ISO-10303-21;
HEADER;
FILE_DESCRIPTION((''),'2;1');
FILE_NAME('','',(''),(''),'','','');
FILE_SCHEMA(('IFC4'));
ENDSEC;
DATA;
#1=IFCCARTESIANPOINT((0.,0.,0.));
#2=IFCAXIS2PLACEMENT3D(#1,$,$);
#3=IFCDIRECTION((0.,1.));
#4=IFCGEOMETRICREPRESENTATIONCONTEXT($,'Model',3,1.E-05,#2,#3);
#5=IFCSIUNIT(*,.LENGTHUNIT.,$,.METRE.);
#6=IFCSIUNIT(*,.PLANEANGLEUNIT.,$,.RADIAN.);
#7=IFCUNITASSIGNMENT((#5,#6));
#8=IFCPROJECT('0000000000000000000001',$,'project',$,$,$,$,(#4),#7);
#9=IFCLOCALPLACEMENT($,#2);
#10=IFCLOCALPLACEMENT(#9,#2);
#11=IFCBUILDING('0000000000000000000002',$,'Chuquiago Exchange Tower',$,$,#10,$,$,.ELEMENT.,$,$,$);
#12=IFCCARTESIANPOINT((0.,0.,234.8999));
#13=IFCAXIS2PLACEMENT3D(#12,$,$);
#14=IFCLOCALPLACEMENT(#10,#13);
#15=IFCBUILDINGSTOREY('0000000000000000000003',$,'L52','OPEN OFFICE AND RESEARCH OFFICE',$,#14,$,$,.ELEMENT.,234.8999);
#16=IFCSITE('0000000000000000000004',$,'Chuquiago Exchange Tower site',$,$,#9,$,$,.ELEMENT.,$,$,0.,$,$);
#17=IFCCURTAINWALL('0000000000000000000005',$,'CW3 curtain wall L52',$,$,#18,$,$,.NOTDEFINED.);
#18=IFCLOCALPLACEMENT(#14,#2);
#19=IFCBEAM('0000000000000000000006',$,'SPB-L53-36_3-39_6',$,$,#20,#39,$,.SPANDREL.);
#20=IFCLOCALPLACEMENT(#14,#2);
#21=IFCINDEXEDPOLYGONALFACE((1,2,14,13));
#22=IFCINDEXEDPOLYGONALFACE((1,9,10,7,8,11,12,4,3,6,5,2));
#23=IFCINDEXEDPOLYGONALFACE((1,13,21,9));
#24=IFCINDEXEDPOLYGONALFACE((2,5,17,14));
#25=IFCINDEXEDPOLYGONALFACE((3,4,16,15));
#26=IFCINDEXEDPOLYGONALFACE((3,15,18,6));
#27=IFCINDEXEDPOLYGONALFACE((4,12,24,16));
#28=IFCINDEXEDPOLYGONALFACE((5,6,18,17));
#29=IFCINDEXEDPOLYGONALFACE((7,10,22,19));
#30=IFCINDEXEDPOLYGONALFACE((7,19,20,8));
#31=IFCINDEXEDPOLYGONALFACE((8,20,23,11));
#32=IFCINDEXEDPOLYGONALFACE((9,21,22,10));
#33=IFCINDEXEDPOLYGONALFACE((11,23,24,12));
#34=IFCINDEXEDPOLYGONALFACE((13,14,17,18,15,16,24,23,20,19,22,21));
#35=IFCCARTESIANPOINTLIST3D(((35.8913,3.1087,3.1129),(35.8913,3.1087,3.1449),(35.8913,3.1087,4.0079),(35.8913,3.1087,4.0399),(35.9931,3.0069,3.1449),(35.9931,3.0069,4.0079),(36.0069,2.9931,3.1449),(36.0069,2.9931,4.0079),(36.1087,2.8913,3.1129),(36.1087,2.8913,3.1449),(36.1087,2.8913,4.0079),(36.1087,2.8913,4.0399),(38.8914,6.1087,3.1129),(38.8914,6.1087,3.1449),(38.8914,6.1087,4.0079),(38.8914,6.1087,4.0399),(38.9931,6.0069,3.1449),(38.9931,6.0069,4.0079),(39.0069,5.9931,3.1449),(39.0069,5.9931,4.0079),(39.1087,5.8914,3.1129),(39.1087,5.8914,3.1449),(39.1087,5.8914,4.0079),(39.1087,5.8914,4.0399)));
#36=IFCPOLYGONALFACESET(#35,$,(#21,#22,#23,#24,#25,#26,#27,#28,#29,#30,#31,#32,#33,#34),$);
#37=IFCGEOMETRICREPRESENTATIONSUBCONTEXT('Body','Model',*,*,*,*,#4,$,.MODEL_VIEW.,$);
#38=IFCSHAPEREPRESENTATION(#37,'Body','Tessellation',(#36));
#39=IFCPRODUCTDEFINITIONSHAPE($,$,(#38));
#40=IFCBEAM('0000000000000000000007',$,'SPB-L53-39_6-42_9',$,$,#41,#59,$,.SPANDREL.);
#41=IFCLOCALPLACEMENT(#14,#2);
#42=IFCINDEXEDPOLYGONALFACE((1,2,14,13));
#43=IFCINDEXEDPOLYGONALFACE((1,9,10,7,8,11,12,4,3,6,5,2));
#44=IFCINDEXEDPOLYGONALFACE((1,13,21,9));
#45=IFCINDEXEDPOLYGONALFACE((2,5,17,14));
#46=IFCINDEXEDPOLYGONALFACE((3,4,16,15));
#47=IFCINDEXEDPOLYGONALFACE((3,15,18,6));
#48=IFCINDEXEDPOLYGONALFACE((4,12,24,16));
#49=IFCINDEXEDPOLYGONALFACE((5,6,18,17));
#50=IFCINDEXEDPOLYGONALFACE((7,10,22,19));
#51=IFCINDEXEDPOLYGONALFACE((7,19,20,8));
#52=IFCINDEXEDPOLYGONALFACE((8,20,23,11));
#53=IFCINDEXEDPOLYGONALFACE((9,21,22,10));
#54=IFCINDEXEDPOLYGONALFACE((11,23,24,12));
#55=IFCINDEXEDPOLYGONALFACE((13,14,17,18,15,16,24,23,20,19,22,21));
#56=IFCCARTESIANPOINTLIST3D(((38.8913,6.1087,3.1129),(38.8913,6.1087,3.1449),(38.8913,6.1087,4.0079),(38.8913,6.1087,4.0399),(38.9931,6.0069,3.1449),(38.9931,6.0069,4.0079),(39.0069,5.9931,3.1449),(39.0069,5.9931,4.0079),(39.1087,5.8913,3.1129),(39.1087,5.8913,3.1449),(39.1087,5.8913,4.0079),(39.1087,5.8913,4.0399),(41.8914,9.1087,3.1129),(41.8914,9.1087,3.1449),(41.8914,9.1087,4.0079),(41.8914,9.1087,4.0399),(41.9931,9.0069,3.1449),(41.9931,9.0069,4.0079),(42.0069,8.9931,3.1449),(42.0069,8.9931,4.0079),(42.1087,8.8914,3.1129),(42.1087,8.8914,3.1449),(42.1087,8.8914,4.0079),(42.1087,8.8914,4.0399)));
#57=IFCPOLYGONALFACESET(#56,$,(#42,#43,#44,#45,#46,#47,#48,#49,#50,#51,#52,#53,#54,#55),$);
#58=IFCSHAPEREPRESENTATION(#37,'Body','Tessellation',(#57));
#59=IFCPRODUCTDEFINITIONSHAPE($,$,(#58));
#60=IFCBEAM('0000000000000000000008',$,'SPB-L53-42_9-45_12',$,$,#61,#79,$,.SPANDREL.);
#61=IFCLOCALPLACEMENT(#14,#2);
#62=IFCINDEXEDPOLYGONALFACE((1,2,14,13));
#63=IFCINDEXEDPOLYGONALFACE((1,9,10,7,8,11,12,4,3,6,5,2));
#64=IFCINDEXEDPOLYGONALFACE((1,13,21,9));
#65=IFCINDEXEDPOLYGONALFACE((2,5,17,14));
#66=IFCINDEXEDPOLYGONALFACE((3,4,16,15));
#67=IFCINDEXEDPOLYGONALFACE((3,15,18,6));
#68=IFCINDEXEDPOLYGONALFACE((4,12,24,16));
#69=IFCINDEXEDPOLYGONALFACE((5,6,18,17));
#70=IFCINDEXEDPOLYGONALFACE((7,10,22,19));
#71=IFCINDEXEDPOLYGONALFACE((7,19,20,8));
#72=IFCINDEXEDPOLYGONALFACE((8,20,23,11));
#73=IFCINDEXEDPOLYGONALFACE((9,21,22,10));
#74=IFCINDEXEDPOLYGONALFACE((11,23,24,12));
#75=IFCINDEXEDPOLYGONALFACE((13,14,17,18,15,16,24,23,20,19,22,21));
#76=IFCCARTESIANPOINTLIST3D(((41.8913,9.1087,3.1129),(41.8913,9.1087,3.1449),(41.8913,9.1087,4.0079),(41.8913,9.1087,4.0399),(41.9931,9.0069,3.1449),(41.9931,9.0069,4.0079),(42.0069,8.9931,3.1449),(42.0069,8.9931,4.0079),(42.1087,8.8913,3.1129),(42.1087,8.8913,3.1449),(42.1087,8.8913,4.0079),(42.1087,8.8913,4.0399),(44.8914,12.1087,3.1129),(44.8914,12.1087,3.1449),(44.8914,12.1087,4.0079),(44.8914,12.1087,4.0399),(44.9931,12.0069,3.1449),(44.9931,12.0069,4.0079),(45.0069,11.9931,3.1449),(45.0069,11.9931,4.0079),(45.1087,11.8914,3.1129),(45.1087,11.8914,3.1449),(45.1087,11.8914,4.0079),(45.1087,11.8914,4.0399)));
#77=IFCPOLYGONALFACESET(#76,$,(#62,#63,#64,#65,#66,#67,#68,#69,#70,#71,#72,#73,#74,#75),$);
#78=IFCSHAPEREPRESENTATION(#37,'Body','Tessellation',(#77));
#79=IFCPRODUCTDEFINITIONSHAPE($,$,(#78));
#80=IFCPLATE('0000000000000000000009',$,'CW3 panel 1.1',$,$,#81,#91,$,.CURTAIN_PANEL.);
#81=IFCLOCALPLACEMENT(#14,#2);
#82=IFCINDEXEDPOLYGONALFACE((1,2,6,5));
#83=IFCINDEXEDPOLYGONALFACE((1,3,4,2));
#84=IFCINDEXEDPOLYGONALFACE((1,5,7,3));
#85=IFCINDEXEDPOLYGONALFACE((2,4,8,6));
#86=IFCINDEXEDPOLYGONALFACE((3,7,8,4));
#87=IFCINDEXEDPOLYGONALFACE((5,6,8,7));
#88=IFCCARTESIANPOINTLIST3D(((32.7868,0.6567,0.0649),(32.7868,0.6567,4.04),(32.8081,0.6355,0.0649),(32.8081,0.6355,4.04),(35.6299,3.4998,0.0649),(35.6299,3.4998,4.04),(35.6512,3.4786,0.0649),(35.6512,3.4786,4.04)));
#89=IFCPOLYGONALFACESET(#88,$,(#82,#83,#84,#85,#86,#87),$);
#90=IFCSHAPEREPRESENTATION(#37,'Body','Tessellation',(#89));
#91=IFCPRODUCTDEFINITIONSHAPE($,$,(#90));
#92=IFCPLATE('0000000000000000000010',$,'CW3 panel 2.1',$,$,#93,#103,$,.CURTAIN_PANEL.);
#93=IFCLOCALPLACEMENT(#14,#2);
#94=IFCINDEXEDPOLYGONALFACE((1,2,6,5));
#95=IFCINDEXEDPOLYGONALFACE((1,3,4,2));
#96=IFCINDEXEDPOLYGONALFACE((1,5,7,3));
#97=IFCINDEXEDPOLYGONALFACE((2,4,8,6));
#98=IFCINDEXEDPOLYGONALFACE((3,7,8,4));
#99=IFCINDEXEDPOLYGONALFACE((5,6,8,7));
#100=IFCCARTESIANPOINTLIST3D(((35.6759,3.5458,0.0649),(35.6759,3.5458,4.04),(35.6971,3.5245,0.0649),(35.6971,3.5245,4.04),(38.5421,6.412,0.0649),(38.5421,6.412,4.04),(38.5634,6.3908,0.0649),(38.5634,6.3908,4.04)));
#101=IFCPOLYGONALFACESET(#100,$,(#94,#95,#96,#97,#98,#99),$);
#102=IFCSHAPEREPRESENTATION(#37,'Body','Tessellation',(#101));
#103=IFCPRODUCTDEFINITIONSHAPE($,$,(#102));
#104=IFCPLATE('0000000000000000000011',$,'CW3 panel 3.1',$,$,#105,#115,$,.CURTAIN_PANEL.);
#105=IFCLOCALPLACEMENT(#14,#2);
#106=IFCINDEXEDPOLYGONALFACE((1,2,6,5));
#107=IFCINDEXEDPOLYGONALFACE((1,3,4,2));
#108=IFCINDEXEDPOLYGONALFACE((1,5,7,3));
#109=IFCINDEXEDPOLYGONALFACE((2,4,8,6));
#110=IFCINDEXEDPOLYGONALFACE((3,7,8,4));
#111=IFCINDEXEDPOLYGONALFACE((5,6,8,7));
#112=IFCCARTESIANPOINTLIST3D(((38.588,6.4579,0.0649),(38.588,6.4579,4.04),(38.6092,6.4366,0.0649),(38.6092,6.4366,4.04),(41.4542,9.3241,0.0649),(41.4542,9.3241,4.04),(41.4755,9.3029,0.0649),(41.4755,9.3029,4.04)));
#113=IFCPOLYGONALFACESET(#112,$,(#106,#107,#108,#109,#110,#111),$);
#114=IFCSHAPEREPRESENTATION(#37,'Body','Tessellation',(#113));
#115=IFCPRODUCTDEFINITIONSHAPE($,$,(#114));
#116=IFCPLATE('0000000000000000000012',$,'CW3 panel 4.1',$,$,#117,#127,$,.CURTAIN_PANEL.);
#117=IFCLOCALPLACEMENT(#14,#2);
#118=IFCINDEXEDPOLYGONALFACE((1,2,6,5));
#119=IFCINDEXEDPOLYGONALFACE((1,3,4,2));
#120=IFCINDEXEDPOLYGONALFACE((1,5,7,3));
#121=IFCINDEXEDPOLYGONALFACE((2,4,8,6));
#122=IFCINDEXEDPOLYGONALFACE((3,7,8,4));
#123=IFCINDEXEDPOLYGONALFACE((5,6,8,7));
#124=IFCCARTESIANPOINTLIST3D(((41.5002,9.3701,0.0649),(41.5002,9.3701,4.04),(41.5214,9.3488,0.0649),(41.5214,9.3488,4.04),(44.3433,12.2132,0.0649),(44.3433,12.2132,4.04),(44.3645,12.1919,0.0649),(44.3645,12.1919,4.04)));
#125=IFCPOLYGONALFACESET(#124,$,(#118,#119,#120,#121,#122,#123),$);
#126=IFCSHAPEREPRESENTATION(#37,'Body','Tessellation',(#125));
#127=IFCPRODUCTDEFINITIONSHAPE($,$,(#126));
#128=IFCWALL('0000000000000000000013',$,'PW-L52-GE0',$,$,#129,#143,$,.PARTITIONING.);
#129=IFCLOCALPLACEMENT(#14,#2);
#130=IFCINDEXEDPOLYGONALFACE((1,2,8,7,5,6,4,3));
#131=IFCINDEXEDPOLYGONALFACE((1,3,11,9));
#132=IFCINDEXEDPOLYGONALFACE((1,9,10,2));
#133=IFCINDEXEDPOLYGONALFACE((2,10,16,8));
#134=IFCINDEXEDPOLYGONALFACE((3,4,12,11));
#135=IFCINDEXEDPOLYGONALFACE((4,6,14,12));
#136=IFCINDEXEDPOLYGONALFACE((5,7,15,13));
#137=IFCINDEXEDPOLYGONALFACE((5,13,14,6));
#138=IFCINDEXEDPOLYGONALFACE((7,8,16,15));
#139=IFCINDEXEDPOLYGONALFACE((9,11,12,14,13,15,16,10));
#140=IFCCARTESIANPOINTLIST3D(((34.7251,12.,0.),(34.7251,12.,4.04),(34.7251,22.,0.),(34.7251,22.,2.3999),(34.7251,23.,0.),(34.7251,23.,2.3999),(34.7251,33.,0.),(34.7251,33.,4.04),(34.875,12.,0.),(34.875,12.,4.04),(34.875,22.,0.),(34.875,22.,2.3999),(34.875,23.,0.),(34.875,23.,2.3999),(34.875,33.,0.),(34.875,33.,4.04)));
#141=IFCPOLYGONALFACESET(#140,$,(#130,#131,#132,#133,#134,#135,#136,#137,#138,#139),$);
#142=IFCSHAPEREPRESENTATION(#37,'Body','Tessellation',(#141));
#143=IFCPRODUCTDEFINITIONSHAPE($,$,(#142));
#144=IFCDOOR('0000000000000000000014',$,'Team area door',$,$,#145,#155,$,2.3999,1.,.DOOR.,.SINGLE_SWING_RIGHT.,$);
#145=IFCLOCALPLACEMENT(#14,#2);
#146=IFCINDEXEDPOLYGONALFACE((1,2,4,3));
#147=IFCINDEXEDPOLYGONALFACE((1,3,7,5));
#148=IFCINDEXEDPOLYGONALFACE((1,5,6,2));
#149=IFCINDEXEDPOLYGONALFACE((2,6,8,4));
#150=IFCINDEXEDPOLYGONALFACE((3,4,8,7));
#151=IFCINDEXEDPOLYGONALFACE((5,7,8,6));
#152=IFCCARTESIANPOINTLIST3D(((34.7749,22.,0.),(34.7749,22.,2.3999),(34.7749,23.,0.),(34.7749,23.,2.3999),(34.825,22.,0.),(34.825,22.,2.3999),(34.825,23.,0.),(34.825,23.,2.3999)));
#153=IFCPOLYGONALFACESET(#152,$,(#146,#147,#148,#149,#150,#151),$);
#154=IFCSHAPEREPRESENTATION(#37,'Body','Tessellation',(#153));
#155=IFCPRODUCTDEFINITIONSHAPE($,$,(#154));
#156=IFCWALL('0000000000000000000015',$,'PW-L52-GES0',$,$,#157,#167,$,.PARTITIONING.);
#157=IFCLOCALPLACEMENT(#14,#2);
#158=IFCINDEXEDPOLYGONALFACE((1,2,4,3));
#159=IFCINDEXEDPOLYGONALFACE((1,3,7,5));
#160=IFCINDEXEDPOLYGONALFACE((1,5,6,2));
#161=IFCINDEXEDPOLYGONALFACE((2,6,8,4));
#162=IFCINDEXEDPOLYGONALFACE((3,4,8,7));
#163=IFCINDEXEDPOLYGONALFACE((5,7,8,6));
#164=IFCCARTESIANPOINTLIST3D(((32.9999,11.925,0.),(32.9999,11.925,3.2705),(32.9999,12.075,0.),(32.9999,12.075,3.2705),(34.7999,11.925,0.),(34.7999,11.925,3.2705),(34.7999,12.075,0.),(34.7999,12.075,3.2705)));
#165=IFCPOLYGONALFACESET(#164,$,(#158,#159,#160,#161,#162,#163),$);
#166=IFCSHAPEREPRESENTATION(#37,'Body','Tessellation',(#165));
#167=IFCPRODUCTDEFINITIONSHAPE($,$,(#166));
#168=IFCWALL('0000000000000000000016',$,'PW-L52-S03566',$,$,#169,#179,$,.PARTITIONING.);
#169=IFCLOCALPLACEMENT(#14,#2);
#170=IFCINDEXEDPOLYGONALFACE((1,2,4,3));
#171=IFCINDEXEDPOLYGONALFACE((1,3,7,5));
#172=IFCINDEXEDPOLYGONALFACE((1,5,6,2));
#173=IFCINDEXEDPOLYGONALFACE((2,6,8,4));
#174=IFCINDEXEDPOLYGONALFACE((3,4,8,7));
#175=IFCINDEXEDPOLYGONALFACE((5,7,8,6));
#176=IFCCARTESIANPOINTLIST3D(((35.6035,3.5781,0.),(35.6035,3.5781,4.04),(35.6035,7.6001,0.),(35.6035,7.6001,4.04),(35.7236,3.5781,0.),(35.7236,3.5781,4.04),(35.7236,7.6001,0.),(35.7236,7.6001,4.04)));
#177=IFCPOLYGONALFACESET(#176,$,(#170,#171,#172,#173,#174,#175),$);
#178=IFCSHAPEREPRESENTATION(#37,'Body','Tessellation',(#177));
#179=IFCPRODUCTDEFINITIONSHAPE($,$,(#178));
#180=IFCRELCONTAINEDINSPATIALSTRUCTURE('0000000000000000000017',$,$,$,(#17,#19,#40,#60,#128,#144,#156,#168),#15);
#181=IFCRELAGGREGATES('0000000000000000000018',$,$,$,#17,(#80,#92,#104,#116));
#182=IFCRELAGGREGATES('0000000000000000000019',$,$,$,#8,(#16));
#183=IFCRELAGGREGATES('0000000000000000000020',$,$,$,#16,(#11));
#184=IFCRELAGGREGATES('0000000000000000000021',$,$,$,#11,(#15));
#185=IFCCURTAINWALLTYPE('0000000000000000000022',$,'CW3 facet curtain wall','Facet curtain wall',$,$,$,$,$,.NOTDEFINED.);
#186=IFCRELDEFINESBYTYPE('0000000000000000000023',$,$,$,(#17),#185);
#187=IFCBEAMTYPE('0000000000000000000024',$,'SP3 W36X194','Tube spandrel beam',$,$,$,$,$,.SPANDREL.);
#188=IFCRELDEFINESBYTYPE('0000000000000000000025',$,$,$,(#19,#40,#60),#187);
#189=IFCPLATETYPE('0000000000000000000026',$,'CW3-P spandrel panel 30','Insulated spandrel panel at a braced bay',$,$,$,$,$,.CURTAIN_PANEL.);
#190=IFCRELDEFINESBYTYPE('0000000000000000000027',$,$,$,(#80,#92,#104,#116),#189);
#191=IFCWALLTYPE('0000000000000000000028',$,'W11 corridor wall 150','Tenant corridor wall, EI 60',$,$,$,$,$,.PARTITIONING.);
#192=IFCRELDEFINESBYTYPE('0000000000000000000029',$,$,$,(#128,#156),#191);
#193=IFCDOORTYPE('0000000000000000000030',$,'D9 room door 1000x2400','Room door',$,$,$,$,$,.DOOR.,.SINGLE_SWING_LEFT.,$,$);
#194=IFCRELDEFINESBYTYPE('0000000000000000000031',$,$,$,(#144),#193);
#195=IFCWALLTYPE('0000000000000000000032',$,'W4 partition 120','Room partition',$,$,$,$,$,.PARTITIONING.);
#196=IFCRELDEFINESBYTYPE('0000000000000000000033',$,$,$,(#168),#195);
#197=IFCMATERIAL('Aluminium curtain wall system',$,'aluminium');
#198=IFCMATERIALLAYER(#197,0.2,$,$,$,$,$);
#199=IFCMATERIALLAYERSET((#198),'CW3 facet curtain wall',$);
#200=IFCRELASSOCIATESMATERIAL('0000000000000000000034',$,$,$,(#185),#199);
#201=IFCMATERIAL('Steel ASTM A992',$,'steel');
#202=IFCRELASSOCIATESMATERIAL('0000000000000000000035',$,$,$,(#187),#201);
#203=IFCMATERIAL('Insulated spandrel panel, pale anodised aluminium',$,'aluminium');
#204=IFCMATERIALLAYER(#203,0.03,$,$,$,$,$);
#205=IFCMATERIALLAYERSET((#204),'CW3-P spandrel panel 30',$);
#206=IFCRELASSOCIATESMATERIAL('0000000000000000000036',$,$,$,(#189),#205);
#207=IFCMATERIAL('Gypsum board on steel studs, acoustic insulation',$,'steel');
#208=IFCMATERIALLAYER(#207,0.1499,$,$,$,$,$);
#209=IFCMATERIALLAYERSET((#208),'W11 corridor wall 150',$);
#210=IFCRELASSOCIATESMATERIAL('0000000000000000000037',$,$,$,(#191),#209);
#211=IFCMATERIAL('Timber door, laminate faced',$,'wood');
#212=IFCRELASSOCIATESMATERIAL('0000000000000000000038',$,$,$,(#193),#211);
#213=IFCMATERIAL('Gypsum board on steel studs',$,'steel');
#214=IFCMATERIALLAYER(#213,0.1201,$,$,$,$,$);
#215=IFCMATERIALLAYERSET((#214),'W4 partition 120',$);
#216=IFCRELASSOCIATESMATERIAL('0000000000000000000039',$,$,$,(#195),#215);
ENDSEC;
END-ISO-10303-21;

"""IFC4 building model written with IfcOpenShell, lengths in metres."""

from ifc_helpers import new_model, si_unit, direction, frame, frame_2d, origin, origin_2d, place, context, subcontext, project, spatial, rectangle, i_section, extrude, material, layer, layer_set, material_profile, profile_set, type_object, element, fill, aggregate, save


model = new_model("IFC4")

# Units and contexts
model_context = context("Model", 3, precision=1e-05, world=origin(), true_north=direction((0.0, 1.0)))
body_context = subcontext(model_context, "Body", "Model", "MODEL_VIEW")
ifc_project = project(units=[si_unit("LENGTHUNIT", "METRE"), si_unit("PLANEANGLEUNIT", "RADIAN")], contexts=[model_context])

# Site, building, storey
site_placement = place(None, origin())
site = spatial("IfcSite", under=ifc_project, at=site_placement, Name="Chuquiago Exchange Tower site", CompositionType="ELEMENT", RefElevation=0.0)
building_placement = place(site_placement, origin())
building = spatial("IfcBuilding", under=site, at=building_placement, Name="Chuquiago Exchange Tower", CompositionType="ELEMENT")
storey_placement = place(building_placement, frame((0.0, 0.0, 234.8999)))
storey = spatial("IfcBuildingStorey", under=building, at=storey_placement, Name="L52", Description="OPEN OFFICE AND RESEARCH OFFICE", CompositionType="ELEMENT", Elevation=234.8999)

# Curtain wall
ifc_material_1 = material(Name="Aluminium curtain wall system", Category="aluminium")
ifc_layer_1 = layer(ifc_material_1, 0.2)
ifc_layer_set_1 = layer_set([ifc_layer_1], Name="CW3 facet curtain wall")
curtain_wall_type = type_object("IfcCurtainWallType", Name="CW3 facet curtain wall", Description="Facet curtain wall", PredefinedType="NOTDEFINED", material=ifc_layer_set_1)
curtain_wall_placement = place(storey_placement, origin())
curtain_wall = element("IfcCurtainWall", 1, at=curtain_wall_placement, inside=storey, type_object=curtain_wall_type, Name="CW3 curtain wall L52", PredefinedType="NOTDEFINED")

# Beams
ifc_material_2 = material(Name="Steel ASTM A992", Category="steel")
ifc_material_profile_1 = material_profile(ifc_material_2, i_section(OverallWidth=0.3074, OverallDepth=0.927, WebThickness=0.0195, FlangeThickness=0.032, at=origin_2d()), Name="W36X194")
ifc_profile_set_1 = profile_set([ifc_material_profile_1], Name="Steel ASTM A992")
beam_type_1 = type_object("IfcBeamType", Name="SP3 W36X194", Description="Tube spandrel beam", PredefinedType="SPANDREL", material=ifc_profile_set_1)
for number, where, z_axis, x_axis, name in (
    (2, (36.0, 3.0, 3.5764), (0.707107, 0.707107, 0.0), (-0.707107, 0.707107, 0.0), "SPB-L53-36_3-39_6"),
    (3, (39.0, 6.0, 3.5764), (0.707107, 0.707107, 0.0), (-0.707107, 0.707107, 0.0), "SPB-L53-39_6-42_9"),
    (4, (42.0, 9.0, 3.5764), (0.707107, 0.707107, 0.0), (-0.707107, 0.707107, 0.0), "SPB-L53-42_9-45_12"),
):
    element("IfcBeam", number, at=place(storey_placement, frame(where, z_axis=z_axis, x_axis=x_axis)), inside=storey, type_object=beam_type_1, Name=name, PredefinedType="SPANDREL", context=body_context, shape_type="SweptSolid", body=[
        extrude(i_section(OverallWidth=0.3074, OverallDepth=0.927, WebThickness=0.0195, FlangeThickness=0.032, at=origin_2d()), origin(), (0.0, 0.0, 1.0), 4.2427),
    ])

# Plates
ifc_material_3 = material(Name="Insulated spandrel panel, pale anodised aluminium", Category="aluminium")
ifc_layer_2 = layer(ifc_material_3, 0.03)
ifc_layer_set_2 = layer_set([ifc_layer_2], Name="CW3-P spandrel panel 30")
plate_type = type_object("IfcPlateType", Name="CW3-P spandrel panel 30", Description="Insulated spandrel panel at a braced bay", PredefinedType="CURTAIN_PANEL", material=ifc_layer_set_2)
plate_1_placement = place(storey_placement, frame((34.219, 2.0676, 0.0649), z_axis=(0.0, 0.0, 1.0), x_axis=(0.707107, 0.707107, 0.0)))
plate_1 = element("IfcPlate", 5, at=plate_1_placement, type_object=plate_type, Name="CW3 panel 1.1", PredefinedType="CURTAIN_PANEL", context=body_context, shape_type="SweptSolid", body=[
    extrude(rectangle(XDim=4.0208, YDim=0.03, at=origin_2d()), origin(), (0.0, 0.0, 1.0), 3.9751),
])
plate_2_placement = place(storey_placement, frame((37.1196, 4.9683, 0.0649), z_axis=(0.0, 0.0, 1.0), x_axis=(0.707107, 0.707107, 0.0)))
plate_2 = element("IfcPlate", 6, at=plate_2_placement, type_object=plate_type, Name="CW3 panel 2.1", PredefinedType="CURTAIN_PANEL", context=body_context, shape_type="SweptSolid", body=[
    extrude(rectangle(XDim=4.0535, YDim=0.03, at=origin_2d()), origin(), (0.0, 0.0, 1.0), 3.9751),
])
plate_3_placement = place(storey_placement, frame((40.0317, 7.8804, 0.0649), z_axis=(0.0, 0.0, 1.0), x_axis=(0.707107, 0.707107, 0.0)))
plate_3 = element("IfcPlate", 7, at=plate_3_placement, type_object=plate_type, Name="CW3 panel 3.1", PredefinedType="CURTAIN_PANEL", context=body_context, shape_type="SweptSolid", body=[
    extrude(rectangle(XDim=4.0535, YDim=0.03, at=origin_2d()), origin(), (0.0, 0.0, 1.0), 3.9751),
])
plate_4_placement = place(storey_placement, frame((42.9324, 10.781, 0.0649), z_axis=(0.0, 0.0, 1.0), x_axis=(0.707107, 0.707107, 0.0)))
plate_4 = element("IfcPlate", 8, at=plate_4_placement, type_object=plate_type, Name="CW3 panel 4.1", PredefinedType="CURTAIN_PANEL", context=body_context, shape_type="SweptSolid", body=[
    extrude(rectangle(XDim=4.0208, YDim=0.03, at=origin_2d()), origin(), (0.0, 0.0, 1.0), 3.9751),
])
aggregate(curtain_wall, [plate_1, plate_2, plate_3, plate_4])

# Wall, opening, door
ifc_material_4 = material(Name="Gypsum board on steel studs, acoustic insulation", Category="steel")
ifc_layer_3 = layer(ifc_material_4, 0.1499)
ifc_layer_set_3 = layer_set([ifc_layer_3], Name="W11 corridor wall 150")
wall_type_1 = type_object("IfcWallType", Name="W11 corridor wall 150", Description="Tenant corridor wall, EI 60", PredefinedType="PARTITIONING", material=ifc_layer_set_3)
wall_1_placement = place(storey_placement, frame((34.8, 12.0, 0.0), z_axis=(0.0, 0.0, 1.0), x_axis=(0.0, 1.0, 0.0)))
wall_1 = element("IfcWall", 9, at=wall_1_placement, inside=storey, type_object=wall_type_1, Name="PW-L52-GE0", PredefinedType="PARTITIONING", context=body_context, shape_type="SweptSolid", body=[
    extrude(rectangle(XDim=21.0, YDim=0.1499, at=frame_2d((10.5, 0.0))), origin(), (0.0, 0.0, 1.0), 4.04),
])
opening_1_placement = place(wall_1_placement, frame((10.0, 0.0, 0.0)))
opening_1 = element("IfcOpeningElement", 10, at=opening_1_placement, cuts=wall_1, PredefinedType="OPENING", context=body_context, shape_type="SweptSolid", body=[
    extrude(rectangle(XDim=1.0, YDim=2.3999, at=frame_2d((0.5, 1.2))), frame((0.0, 0.085, 0.0), z_axis=(0.0, -1.0, 0.0), x_axis=(1.0, 0.0, 0.0)), (0.0, 0.0, 1.0), 0.1699),
])
ifc_material_5 = material(Name="Timber door, laminate faced", Category="wood")
door_type = type_object("IfcDoorType", Name="D9 room door 1000x2400", Description="Room door", OperationType="SINGLE_SWING_LEFT", PredefinedType="DOOR", material=ifc_material_5)
door_1_placement = place(opening_1_placement, frame((1.0, 0.0, 0.0), z_axis=(0.0, 0.0, 1.0), x_axis=(-1.0, 0.0, 0.0)))
door_1 = element("IfcDoor", 11, at=door_1_placement, inside=storey, type_object=door_type, Name="Team area door", OperationType="SINGLE_SWING_RIGHT", OverallHeight=2.3999, OverallWidth=1.0, PredefinedType="DOOR", context=body_context, shape_type="SweptSolid", body=[
    extrude(rectangle(XDim=1.0, YDim=2.3999, at=frame_2d((0.5, 1.2))), frame((0.0, 0.0249, 0.0), z_axis=(0.0, -1.0, 0.0), x_axis=(1.0, 0.0, 0.0)), (0.0, 0.0, 1.0), 0.05),
])
fill(opening_1, door_1)

# Walls
wall_2_placement = place(storey_placement, frame((33.0, 12.0, 0.0), z_axis=(0.0, 0.0, 1.0), x_axis=(1.0, 0.0, 0.0)))
element("IfcWall", 12, at=wall_2_placement, inside=storey, type_object=wall_type_1, Name="PW-L52-GES0", PredefinedType="PARTITIONING", context=body_context, shape_type="SweptSolid", body=[
    extrude(rectangle(XDim=1.8, YDim=0.1499, at=frame_2d((0.8999, 0.0))), origin(), (0.0, 0.0, 1.0), 3.2705),
])
ifc_material_6 = material(Name="Gypsum board on steel studs", Category="steel")
ifc_layer_4 = layer(ifc_material_6, 0.1201)
ifc_layer_set_4 = layer_set([ifc_layer_4], Name="W4 partition 120")
wall_type_2 = type_object("IfcWallType", Name="W4 partition 120", Description="Room partition", PredefinedType="PARTITIONING", material=ifc_layer_set_4)
wall_3_placement = place(storey_placement, frame((35.6636, 3.5781, 0.0), z_axis=(0.0, 0.0, 1.0), x_axis=(0.0, 1.0, 0.0)))
element("IfcWall", 13, at=wall_3_placement, inside=storey, type_object=wall_type_2, Name="PW-L52-S03566", PredefinedType="PARTITIONING", context=body_context, shape_type="SweptSolid", body=[
    extrude(rectangle(XDim=4.022, YDim=0.1201, at=frame_2d((2.011, 0.0))), origin(), (0.0, 0.0, 1.0), 4.04),
])

save(model, "model.ifc")
